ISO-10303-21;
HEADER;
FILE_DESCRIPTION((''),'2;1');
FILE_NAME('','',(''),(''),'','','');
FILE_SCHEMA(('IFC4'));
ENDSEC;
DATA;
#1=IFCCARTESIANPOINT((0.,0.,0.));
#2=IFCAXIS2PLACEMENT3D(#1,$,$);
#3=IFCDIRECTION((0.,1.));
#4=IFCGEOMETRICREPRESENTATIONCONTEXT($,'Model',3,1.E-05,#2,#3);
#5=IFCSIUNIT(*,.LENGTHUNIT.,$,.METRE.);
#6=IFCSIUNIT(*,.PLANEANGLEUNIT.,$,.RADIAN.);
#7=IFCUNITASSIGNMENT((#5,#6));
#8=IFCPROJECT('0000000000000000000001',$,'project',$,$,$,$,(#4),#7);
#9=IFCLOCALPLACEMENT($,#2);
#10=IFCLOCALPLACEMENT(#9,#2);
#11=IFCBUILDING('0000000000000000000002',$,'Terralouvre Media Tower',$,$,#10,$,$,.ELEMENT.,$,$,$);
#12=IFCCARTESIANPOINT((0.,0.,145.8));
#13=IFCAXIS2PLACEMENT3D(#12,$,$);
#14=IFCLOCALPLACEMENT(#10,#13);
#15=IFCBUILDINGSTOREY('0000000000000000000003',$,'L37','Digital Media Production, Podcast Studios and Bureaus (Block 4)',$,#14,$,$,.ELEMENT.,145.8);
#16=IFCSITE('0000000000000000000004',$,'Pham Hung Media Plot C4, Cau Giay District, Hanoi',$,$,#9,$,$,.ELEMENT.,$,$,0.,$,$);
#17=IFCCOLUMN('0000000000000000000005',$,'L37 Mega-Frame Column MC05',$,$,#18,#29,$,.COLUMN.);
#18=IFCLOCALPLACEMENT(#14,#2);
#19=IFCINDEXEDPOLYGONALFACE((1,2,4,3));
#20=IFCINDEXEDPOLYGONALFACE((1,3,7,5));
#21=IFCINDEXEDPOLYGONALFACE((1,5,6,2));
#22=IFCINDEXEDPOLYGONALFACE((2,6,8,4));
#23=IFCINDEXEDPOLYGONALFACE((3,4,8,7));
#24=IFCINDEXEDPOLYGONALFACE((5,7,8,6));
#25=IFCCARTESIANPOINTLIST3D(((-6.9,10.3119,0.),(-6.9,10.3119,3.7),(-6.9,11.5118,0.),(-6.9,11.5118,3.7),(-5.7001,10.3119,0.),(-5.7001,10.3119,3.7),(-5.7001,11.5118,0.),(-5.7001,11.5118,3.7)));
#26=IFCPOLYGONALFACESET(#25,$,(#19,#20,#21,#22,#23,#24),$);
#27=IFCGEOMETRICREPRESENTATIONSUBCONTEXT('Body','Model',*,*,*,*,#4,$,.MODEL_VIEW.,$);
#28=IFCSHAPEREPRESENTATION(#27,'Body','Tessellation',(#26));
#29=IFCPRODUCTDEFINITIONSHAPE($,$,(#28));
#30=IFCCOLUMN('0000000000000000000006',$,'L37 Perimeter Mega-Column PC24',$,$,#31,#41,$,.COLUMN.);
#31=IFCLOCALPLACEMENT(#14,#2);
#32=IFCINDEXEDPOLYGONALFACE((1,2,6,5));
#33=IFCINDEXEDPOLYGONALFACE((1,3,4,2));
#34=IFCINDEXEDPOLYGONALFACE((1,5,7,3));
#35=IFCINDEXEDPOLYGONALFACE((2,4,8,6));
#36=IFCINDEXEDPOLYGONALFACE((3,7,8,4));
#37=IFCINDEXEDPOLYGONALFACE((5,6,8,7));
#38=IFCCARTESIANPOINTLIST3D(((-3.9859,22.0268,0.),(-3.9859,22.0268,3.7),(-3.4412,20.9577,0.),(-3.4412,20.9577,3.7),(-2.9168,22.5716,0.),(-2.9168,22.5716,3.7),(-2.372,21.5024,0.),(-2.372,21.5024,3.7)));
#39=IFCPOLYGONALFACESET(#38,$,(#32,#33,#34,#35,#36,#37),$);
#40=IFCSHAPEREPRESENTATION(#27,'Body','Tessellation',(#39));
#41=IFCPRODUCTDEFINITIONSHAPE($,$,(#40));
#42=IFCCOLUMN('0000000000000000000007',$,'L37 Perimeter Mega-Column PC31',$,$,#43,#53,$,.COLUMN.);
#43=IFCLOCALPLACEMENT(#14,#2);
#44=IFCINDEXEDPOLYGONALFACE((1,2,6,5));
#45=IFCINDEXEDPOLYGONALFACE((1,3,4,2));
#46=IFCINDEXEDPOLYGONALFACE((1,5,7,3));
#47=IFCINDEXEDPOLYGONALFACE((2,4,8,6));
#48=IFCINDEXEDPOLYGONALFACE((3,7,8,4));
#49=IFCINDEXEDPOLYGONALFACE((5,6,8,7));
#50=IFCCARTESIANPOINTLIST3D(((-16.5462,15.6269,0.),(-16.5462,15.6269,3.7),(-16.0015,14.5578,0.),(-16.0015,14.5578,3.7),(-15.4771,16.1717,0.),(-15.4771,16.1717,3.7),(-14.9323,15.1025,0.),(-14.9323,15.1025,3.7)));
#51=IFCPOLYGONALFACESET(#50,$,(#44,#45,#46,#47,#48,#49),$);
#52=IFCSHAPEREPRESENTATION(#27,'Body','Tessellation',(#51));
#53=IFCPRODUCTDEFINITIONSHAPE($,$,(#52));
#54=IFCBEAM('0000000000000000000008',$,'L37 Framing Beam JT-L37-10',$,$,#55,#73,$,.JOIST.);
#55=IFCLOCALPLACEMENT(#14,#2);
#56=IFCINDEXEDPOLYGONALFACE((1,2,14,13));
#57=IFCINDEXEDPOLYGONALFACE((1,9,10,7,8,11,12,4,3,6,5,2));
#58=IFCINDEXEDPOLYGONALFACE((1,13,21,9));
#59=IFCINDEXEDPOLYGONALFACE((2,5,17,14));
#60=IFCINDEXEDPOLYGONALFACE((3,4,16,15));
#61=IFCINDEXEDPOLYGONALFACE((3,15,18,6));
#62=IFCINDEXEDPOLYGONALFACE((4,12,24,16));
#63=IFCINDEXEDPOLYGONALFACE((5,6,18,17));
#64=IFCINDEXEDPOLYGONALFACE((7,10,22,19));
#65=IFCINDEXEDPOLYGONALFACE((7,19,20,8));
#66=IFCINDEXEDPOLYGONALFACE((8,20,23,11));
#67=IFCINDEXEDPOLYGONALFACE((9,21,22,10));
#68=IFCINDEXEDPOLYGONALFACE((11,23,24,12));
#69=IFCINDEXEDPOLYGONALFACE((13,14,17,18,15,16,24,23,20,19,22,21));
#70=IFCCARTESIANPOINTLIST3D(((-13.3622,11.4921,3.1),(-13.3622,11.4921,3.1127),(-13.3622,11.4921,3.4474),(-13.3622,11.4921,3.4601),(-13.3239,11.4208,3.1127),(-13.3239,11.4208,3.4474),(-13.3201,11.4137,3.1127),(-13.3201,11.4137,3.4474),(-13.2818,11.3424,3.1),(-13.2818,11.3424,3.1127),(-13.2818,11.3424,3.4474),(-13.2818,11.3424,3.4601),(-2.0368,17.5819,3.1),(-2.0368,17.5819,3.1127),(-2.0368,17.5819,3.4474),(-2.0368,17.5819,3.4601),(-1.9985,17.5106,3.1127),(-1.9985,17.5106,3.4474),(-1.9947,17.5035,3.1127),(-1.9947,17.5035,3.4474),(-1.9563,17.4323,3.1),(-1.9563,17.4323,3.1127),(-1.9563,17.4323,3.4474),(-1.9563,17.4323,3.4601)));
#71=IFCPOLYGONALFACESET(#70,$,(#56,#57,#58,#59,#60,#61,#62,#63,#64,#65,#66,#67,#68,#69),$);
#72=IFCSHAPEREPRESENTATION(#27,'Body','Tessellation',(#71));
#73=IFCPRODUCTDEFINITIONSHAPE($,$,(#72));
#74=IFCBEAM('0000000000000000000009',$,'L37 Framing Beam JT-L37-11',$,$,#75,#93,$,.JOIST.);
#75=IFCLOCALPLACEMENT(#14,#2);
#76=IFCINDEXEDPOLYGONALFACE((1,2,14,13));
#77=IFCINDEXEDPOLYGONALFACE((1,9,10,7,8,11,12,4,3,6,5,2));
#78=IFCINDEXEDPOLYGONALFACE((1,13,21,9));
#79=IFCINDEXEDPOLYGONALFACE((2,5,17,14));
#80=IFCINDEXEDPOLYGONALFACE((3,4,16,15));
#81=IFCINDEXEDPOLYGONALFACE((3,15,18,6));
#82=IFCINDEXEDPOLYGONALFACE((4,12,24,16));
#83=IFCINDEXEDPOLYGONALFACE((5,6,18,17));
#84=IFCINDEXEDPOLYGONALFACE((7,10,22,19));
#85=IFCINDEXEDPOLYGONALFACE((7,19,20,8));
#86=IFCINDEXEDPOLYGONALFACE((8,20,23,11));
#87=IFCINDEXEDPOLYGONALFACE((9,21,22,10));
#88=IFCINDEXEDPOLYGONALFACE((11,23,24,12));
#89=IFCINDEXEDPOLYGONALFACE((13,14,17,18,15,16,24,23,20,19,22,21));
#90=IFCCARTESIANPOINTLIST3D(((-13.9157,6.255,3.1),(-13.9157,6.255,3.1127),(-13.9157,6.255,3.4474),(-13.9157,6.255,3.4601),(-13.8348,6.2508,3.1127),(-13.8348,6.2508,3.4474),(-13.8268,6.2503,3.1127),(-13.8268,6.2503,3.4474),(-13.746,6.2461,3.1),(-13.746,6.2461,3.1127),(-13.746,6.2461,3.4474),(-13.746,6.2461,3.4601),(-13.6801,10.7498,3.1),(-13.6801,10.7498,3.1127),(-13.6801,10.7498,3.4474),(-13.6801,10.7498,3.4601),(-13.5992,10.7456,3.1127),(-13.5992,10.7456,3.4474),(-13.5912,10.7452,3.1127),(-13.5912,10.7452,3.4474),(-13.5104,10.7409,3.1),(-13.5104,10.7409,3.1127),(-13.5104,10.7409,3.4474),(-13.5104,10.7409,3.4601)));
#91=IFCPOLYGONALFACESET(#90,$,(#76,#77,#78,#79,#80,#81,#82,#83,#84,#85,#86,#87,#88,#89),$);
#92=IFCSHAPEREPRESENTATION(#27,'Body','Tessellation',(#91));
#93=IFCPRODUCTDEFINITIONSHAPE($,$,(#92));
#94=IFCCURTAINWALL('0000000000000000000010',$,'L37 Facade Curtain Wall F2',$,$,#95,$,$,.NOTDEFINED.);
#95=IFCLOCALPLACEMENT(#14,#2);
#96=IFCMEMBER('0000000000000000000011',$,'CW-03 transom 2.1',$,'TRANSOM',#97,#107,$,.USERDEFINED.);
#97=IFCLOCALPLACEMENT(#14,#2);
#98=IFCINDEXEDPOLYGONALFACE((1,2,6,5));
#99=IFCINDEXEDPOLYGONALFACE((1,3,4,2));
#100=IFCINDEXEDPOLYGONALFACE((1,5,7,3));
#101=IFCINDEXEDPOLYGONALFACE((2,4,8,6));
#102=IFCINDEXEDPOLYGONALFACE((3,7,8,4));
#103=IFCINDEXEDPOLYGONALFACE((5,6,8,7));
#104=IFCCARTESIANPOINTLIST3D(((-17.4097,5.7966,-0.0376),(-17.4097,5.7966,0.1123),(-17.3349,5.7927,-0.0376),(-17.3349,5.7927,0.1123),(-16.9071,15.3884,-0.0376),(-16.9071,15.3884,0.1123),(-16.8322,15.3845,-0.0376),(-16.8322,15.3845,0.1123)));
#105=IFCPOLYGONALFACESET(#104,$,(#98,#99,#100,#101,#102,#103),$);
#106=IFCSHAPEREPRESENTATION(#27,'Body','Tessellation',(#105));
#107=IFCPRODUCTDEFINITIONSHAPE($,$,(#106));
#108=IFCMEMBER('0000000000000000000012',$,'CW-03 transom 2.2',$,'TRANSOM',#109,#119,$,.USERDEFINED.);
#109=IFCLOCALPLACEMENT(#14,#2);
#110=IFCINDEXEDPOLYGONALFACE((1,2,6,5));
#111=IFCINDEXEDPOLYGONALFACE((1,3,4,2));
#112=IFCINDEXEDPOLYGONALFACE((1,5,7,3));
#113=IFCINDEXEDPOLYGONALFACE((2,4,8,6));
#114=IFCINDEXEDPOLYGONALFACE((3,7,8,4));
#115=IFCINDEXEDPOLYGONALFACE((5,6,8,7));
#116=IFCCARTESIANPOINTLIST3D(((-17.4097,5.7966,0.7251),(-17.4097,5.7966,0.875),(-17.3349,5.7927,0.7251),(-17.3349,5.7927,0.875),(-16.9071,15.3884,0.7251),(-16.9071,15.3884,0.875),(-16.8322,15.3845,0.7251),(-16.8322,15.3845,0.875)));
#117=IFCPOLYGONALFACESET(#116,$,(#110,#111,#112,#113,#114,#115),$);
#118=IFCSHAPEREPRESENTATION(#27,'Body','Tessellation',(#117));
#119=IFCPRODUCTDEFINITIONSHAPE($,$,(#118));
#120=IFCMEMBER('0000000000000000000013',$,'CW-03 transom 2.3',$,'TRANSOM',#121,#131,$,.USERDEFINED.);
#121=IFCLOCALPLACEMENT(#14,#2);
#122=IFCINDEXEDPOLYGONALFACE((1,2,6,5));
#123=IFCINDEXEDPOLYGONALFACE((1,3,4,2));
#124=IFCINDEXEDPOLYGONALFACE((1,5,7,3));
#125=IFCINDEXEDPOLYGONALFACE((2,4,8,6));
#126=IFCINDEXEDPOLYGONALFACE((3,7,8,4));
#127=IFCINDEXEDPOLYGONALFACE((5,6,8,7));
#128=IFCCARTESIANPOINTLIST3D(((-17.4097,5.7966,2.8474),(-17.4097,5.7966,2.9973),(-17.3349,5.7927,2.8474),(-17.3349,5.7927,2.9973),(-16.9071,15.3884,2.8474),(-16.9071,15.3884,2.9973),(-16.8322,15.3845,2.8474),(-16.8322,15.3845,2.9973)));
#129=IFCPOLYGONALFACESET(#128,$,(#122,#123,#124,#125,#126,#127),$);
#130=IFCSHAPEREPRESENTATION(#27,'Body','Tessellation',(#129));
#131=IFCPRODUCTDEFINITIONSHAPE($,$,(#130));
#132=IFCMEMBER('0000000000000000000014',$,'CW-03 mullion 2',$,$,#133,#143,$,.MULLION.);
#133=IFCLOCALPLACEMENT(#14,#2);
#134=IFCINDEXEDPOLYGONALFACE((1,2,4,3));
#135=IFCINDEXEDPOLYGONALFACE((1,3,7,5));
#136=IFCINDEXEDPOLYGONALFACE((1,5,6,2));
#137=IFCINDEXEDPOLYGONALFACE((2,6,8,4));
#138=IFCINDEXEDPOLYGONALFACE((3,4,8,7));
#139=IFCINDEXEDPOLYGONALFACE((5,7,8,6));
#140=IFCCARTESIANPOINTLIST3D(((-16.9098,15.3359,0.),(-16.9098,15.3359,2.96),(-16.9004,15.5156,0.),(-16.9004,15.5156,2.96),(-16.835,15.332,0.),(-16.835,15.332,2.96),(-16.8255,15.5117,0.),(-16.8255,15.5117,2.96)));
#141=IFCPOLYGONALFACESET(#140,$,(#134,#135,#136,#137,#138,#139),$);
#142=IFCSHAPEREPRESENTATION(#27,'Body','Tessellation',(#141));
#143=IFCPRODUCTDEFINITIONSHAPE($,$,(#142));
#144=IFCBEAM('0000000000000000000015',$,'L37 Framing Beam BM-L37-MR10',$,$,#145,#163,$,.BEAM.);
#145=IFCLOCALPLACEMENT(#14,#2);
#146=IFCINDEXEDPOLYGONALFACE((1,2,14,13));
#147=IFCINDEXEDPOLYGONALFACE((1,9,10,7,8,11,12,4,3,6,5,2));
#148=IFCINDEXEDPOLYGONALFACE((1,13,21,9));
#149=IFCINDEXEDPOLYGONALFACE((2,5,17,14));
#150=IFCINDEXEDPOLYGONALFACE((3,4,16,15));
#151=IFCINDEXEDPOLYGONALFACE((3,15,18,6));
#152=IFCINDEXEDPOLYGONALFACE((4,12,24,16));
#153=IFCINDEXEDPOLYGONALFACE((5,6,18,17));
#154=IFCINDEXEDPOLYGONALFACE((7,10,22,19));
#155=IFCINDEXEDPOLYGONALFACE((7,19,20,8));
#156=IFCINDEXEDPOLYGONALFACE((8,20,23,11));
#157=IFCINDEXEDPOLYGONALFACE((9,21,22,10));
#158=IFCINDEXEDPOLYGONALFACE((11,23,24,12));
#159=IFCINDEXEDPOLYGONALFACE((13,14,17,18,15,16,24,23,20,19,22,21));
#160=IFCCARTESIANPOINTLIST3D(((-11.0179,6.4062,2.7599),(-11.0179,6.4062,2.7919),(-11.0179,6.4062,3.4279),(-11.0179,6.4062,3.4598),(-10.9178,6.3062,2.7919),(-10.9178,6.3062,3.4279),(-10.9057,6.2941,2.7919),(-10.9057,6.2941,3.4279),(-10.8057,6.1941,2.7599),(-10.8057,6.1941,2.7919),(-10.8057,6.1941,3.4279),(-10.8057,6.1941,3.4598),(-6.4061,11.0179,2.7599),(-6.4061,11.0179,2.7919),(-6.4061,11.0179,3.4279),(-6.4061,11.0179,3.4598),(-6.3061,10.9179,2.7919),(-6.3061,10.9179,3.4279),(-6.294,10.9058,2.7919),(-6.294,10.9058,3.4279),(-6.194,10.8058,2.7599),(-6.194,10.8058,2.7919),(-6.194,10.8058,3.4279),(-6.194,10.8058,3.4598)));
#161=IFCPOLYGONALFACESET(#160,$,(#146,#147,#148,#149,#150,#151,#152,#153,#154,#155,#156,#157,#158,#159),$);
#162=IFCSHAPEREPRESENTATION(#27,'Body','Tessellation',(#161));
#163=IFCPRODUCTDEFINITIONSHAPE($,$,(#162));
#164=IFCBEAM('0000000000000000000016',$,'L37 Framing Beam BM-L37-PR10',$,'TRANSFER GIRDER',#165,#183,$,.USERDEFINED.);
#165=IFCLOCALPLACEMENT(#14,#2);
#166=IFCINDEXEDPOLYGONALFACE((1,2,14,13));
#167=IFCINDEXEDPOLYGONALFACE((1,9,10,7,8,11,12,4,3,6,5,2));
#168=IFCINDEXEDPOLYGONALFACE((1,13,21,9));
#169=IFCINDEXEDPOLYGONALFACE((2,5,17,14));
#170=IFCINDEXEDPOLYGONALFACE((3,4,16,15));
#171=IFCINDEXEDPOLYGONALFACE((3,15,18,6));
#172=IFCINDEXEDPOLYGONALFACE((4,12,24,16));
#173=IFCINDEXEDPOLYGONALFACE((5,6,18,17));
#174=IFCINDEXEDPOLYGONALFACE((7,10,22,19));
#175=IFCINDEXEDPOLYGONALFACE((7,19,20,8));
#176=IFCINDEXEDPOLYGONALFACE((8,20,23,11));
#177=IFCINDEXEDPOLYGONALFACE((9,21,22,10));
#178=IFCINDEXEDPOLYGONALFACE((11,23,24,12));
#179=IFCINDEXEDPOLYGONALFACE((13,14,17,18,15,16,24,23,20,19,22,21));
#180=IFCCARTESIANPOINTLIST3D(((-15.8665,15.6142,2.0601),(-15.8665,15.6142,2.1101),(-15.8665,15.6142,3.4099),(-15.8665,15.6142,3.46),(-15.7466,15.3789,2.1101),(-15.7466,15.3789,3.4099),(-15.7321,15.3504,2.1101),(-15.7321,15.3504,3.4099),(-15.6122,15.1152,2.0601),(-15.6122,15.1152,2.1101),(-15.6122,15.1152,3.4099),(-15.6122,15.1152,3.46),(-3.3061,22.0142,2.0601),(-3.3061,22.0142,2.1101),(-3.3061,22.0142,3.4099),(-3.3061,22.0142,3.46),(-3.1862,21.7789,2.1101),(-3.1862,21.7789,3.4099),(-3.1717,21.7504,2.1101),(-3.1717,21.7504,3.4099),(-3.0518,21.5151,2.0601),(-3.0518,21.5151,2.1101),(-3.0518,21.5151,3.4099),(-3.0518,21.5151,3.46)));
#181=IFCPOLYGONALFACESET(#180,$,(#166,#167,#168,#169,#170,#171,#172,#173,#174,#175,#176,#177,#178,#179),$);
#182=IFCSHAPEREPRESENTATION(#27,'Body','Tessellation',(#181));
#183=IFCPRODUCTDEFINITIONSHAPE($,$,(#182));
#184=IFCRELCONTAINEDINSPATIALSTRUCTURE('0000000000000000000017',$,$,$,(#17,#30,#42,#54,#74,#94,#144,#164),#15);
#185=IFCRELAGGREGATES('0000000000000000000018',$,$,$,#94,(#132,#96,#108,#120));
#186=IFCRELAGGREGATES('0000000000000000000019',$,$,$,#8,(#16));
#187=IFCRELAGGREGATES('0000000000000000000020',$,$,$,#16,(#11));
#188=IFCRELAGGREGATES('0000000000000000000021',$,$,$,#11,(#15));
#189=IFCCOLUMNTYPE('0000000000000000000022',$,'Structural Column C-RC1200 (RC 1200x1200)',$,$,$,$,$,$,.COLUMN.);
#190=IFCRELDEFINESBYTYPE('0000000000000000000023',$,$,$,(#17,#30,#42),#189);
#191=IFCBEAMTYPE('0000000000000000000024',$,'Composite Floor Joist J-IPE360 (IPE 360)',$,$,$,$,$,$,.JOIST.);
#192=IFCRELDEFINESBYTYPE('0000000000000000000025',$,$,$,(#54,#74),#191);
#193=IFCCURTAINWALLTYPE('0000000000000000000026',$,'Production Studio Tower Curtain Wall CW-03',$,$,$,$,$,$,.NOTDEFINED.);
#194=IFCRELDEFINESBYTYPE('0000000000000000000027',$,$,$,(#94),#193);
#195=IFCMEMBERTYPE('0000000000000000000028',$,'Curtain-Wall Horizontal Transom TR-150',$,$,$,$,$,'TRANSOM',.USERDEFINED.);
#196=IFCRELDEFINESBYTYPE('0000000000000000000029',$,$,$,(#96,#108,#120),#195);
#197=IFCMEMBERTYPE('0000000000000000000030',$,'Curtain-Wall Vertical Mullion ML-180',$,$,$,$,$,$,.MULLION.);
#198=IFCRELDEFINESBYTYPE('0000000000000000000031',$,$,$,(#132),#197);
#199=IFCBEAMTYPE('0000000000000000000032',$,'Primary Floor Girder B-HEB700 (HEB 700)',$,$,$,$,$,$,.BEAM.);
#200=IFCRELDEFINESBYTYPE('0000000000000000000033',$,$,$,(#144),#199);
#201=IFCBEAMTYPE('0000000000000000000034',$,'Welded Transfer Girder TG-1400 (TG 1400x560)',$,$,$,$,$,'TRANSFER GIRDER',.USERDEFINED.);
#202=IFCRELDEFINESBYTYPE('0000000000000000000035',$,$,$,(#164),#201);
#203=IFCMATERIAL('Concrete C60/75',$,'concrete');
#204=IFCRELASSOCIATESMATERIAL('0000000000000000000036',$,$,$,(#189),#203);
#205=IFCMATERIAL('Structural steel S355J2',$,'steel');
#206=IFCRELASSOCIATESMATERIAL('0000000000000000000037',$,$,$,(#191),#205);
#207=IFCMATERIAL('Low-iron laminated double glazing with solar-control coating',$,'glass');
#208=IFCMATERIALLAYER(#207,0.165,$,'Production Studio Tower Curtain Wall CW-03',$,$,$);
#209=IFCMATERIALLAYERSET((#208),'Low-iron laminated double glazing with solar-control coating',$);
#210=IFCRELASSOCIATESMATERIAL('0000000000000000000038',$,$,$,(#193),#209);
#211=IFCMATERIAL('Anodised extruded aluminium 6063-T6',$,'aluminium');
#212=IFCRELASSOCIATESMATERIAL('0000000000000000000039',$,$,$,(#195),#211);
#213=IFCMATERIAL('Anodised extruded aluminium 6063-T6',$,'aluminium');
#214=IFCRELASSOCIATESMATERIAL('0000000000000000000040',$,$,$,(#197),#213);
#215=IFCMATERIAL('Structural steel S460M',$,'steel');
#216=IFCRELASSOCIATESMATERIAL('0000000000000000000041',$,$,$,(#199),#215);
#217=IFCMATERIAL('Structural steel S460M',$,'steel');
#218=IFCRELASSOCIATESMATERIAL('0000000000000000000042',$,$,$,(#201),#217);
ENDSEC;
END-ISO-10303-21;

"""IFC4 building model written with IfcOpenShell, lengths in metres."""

from ifc_helpers import new_model, si_unit, direction, frame, origin, origin_2d, place, context, subcontext, project, spatial, rectangle, i_section, extrude, material, layer, layer_set, material_profile, profile_set, type_object, element, aggregate, save


model = new_model("IFC4")

# Units and contexts
model_context = context("Model", 3, precision=1e-05, world=origin(), true_north=direction((0.0, 1.0)))
body_context = subcontext(model_context, "Body", "Model", "MODEL_VIEW")
ifc_project = project(units=[si_unit("LENGTHUNIT", "METRE"), si_unit("PLANEANGLEUNIT", "RADIAN")], contexts=[model_context])

# Site, building, storey
site_placement = place(None, origin())
site = spatial("IfcSite", under=ifc_project, at=site_placement, Name="Pham Hung Media Plot C4, Cau Giay District, Hanoi", CompositionType="ELEMENT", RefElevation=0.0)
building_placement = place(site_placement, origin())
building = spatial("IfcBuilding", under=site, at=building_placement, Name="Terralouvre Media Tower", CompositionType="ELEMENT")
storey_placement = place(building_placement, frame((0.0, 0.0, 145.8)))
storey = spatial("IfcBuildingStorey", under=building, at=storey_placement, Name="L37", Description="Digital Media Production, Podcast Studios and Bureaus (Block 4)", CompositionType="ELEMENT", Elevation=145.8)

# Columns
ifc_material_1 = material(Name="Concrete C60/75", Category="concrete")
ifc_material_profile_1 = material_profile(ifc_material_1, rectangle(XDim=1.2, YDim=1.2, at=origin_2d()), Name="RC 1200x1200")
ifc_profile_set_1 = profile_set([ifc_material_profile_1], Name="Concrete C60/75")
column_type = type_object("IfcColumnType", Name="Structural Column C-RC1200 (RC 1200x1200)", PredefinedType="COLUMN", material=ifc_profile_set_1)
for number, where, z_axis, x_axis, name in (
    (1, (-6.3, 10.9119, 0.0), (0.0, 0.0, 1.0), (1.0, 0.0, 0.0), "L37 Mega-Frame Column MC05"),
    (2, (-3.179, 21.7646, 0.0), (0.0, 0.0, 1.0), (0.891007, 0.45399, 0.0), "L37 Perimeter Mega-Column PC24"),
    (3, (-15.7393, 15.3647, 0.0), (0.0, 0.0, 1.0), (0.891007, 0.45399, 0.0), "L37 Perimeter Mega-Column PC31"),
):
    element("IfcColumn", number, at=place(storey_placement, frame(where, z_axis=z_axis, x_axis=x_axis)), inside=storey, type_object=column_type, Name=name, PredefinedType="COLUMN", context=body_context, shape_type="SweptSolid", body=[
        extrude(rectangle(XDim=1.2, YDim=1.2, at=origin_2d()), origin(), (0.0, 0.0, 1.0), 3.7),
    ])

# Beams
ifc_material_2 = material(Name="Structural steel S355J2", Category="steel")
ifc_material_profile_2 = material_profile(ifc_material_2, i_section(OverallWidth=0.1699, OverallDepth=0.3601, WebThickness=0.0081, FlangeThickness=0.0127, at=origin_2d()), Name="IPE 360")
ifc_profile_set_2 = profile_set([ifc_material_profile_2], Name="Structural steel S355J2")
beam_type_1 = type_object("IfcBeamType", Name="Composite Floor Joist J-IPE360 (IPE 360)", PredefinedType="JOIST", material=ifc_profile_set_2)
beam_1_placement = place(storey_placement, frame((-1.9966, 17.5071, 3.28), z_axis=(-0.880746, -0.473589, 0.0), x_axis=(0.473589, -0.880746, 0.0)))
element("IfcBeam", 4, at=beam_1_placement, inside=storey, type_object=beam_type_1, Name="L37 Framing Beam JT-L37-10", PredefinedType="JOIST", context=body_context, shape_type="SweptSolid", body=[
    extrude(i_section(OverallWidth=0.1699, OverallDepth=0.3601, WebThickness=0.0081, FlangeThickness=0.0127, at=origin_2d()), origin(), (0.0, 0.0, 1.0), 12.8589),
])
beam_2_placement = place(storey_placement, frame((-13.5952, 10.7454, 3.28), z_axis=(-0.052342, -0.998629, 0.0), x_axis=(0.998629, -0.052342, 0.0)))
element("IfcBeam", 5, at=beam_2_placement, inside=storey, type_object=beam_type_1, Name="L37 Framing Beam JT-L37-11", PredefinedType="JOIST", context=body_context, shape_type="SweptSolid", body=[
    extrude(i_section(OverallWidth=0.1699, OverallDepth=0.3601, WebThickness=0.0081, FlangeThickness=0.0127, at=origin_2d()), origin(), (0.0, 0.0, 1.0), 4.501),
])

# Curtain wall, members
ifc_material_3 = material(Name="Low-iron laminated double glazing with solar-control coating", Category="glass")
ifc_layer_1 = layer(ifc_material_3, 0.165, Name="Production Studio Tower Curtain Wall CW-03")
ifc_layer_set_1 = layer_set([ifc_layer_1], Name="Low-iron laminated double glazing with solar-control coating")
curtain_wall_type = type_object("IfcCurtainWallType", Name="Production Studio Tower Curtain Wall CW-03", PredefinedType="NOTDEFINED", material=ifc_layer_set_1)
curtain_wall_placement = place(storey_placement, origin())
curtain_wall = element("IfcCurtainWall", 6, at=curtain_wall_placement, inside=storey, type_object=curtain_wall_type, Name="L37 Facade Curtain Wall F2", PredefinedType="NOTDEFINED")
ifc_material_4 = material(Name="Anodised extruded aluminium 6063-T6", Category="aluminium")
ifc_material_profile_3 = material_profile(ifc_material_4, rectangle(XDim=0.075, YDim=0.1499, at=origin_2d()), Name="ALU 75x150")
ifc_profile_set_3 = profile_set([ifc_material_profile_3], Name="Anodised extruded aluminium 6063-T6")
member_type_1 = type_object("IfcMemberType", Name="Curtain-Wall Horizontal Transom TR-150", ElementType="TRANSOM", PredefinedType="USERDEFINED", material=ifc_profile_set_3)
member_1_placement = place(storey_placement, frame((-16.8696, 15.3865, 0.0374), z_axis=(-0.052336, -0.99863, 0.0), x_axis=(0.99863, -0.052336, 0.0)))
member_1 = element("IfcMember", 7, at=member_1_placement, type_object=member_type_1, Name="CW-03 transom 2.1", ObjectType="TRANSOM", PredefinedType="USERDEFINED", context=body_context, shape_type="SweptSolid", body=[
    extrude(rectangle(XDim=0.075, YDim=0.1499, at=origin_2d()), origin(), (0.0, 0.0, 1.0), 9.605),
])
member_2_placement = place(storey_placement, frame((-16.8696, 15.3865, 0.8), z_axis=(-0.052336, -0.99863, 0.0), x_axis=(0.99863, -0.052336, 0.0)))
member_2 = element("IfcMember", 8, at=member_2_placement, type_object=member_type_1, Name="CW-03 transom 2.2", ObjectType="TRANSOM", PredefinedType="USERDEFINED", context=body_context, shape_type="SweptSolid", body=[
    extrude(rectangle(XDim=0.075, YDim=0.1499, at=origin_2d()), origin(), (0.0, 0.0, 1.0), 9.605),
])
member_3_placement = place(storey_placement, frame((-16.8696, 15.3865, 2.9224), z_axis=(-0.052336, -0.99863, 0.0), x_axis=(0.99863, -0.052336, 0.0)))
member_3 = element("IfcMember", 9, at=member_3_placement, type_object=member_type_1, Name="CW-03 transom 2.3", ObjectType="TRANSOM", PredefinedType="USERDEFINED", context=body_context, shape_type="SweptSolid", body=[
    extrude(rectangle(XDim=0.075, YDim=0.1499, at=origin_2d()), origin(), (0.0, 0.0, 1.0), 9.605),
])
ifc_material_5 = material(Name="Anodised extruded aluminium 6063-T6", Category="aluminium")
ifc_material_profile_4 = material_profile(ifc_material_5, rectangle(XDim=0.075, YDim=0.1799, at=origin_2d()), Name="ALU 75x180")
ifc_profile_set_4 = profile_set([ifc_material_profile_4], Name="Anodised extruded aluminium 6063-T6")
member_type_2 = type_object("IfcMemberType", Name="Curtain-Wall Vertical Mullion ML-180", PredefinedType="MULLION", material=ifc_profile_set_4)
member_4_placement = place(storey_placement, frame((-16.8677, 15.4238, 0.0), z_axis=(0.0, 0.0, 1.0), x_axis=(0.99863, -0.052336, 0.0)))
member_4 = element("IfcMember", 10, at=member_4_placement, type_object=member_type_2, Name="CW-03 mullion 2", PredefinedType="MULLION", context=body_context, shape_type="SweptSolid", body=[
    extrude(rectangle(XDim=0.075, YDim=0.1799, at=origin_2d()), origin(), (0.0, 0.0, 1.0), 2.96),
])

# Beams
ifc_material_6 = material(Name="Structural steel S460M", Category="steel")
ifc_material_profile_5 = material_profile(ifc_material_6, i_section(OverallWidth=0.3, OverallDepth=0.7, WebThickness=0.0171, FlangeThickness=0.032, at=origin_2d()), Name="HEB 700")
ifc_profile_set_5 = profile_set([ifc_material_profile_5], Name="Structural steel S460M")
beam_type_2 = type_object("IfcBeamType", Name="Primary Floor Girder B-HEB700 (HEB 700)", PredefinedType="BEAM", material=ifc_profile_set_5)
beam_3_placement = place(storey_placement, frame((-6.3, 10.9119, 3.1099), z_axis=(-0.707107, -0.707107, 0.0), x_axis=(0.707107, -0.707107, 0.0)))
element("IfcBeam", 11, at=beam_3_placement, inside=storey, type_object=beam_type_2, Name="L37 Framing Beam BM-L37-MR10", PredefinedType="BEAM", context=body_context, shape_type="SweptSolid", body=[
    extrude(i_section(OverallWidth=0.3, OverallDepth=0.7, WebThickness=0.0171, FlangeThickness=0.032, at=origin_2d()), origin(), (0.0, 0.0, 1.0), 6.522),
])
ifc_material_7 = material(Name="Structural steel S460M", Category="steel")
ifc_material_profile_6 = material_profile(ifc_material_7, i_section(OverallWidth=0.5601, OverallDepth=1.3999, WebThickness=0.032, FlangeThickness=0.05, at=origin_2d()), Name="TG 1400x560")
ifc_profile_set_6 = profile_set([ifc_material_profile_6], Name="Structural steel S460M")
beam_type_3 = type_object("IfcBeamType", Name="Welded Transfer Girder TG-1400 (TG 1400x560)", ElementType="TRANSFER GIRDER", PredefinedType="USERDEFINED", material=ifc_profile_set_6)
beam_4_placement = place(storey_placement, frame((-3.179, 21.7646, 2.76), z_axis=(-0.891003, -0.453997, 0.0), x_axis=(0.453997, -0.891003, 0.0)))
element("IfcBeam", 12, at=beam_4_placement, inside=storey, type_object=beam_type_3, Name="L37 Framing Beam BM-L37-PR10", ObjectType="TRANSFER GIRDER", PredefinedType="USERDEFINED", context=body_context, shape_type="SweptSolid", body=[
    extrude(i_section(OverallWidth=0.5601, OverallDepth=1.3999, WebThickness=0.032, FlangeThickness=0.05, at=origin_2d()), origin(), (0.0, 0.0, 1.0), 14.0969),
])

aggregate(curtain_wall, [member_4, member_1, member_2, member_3])

save(model, "model.ifc")
